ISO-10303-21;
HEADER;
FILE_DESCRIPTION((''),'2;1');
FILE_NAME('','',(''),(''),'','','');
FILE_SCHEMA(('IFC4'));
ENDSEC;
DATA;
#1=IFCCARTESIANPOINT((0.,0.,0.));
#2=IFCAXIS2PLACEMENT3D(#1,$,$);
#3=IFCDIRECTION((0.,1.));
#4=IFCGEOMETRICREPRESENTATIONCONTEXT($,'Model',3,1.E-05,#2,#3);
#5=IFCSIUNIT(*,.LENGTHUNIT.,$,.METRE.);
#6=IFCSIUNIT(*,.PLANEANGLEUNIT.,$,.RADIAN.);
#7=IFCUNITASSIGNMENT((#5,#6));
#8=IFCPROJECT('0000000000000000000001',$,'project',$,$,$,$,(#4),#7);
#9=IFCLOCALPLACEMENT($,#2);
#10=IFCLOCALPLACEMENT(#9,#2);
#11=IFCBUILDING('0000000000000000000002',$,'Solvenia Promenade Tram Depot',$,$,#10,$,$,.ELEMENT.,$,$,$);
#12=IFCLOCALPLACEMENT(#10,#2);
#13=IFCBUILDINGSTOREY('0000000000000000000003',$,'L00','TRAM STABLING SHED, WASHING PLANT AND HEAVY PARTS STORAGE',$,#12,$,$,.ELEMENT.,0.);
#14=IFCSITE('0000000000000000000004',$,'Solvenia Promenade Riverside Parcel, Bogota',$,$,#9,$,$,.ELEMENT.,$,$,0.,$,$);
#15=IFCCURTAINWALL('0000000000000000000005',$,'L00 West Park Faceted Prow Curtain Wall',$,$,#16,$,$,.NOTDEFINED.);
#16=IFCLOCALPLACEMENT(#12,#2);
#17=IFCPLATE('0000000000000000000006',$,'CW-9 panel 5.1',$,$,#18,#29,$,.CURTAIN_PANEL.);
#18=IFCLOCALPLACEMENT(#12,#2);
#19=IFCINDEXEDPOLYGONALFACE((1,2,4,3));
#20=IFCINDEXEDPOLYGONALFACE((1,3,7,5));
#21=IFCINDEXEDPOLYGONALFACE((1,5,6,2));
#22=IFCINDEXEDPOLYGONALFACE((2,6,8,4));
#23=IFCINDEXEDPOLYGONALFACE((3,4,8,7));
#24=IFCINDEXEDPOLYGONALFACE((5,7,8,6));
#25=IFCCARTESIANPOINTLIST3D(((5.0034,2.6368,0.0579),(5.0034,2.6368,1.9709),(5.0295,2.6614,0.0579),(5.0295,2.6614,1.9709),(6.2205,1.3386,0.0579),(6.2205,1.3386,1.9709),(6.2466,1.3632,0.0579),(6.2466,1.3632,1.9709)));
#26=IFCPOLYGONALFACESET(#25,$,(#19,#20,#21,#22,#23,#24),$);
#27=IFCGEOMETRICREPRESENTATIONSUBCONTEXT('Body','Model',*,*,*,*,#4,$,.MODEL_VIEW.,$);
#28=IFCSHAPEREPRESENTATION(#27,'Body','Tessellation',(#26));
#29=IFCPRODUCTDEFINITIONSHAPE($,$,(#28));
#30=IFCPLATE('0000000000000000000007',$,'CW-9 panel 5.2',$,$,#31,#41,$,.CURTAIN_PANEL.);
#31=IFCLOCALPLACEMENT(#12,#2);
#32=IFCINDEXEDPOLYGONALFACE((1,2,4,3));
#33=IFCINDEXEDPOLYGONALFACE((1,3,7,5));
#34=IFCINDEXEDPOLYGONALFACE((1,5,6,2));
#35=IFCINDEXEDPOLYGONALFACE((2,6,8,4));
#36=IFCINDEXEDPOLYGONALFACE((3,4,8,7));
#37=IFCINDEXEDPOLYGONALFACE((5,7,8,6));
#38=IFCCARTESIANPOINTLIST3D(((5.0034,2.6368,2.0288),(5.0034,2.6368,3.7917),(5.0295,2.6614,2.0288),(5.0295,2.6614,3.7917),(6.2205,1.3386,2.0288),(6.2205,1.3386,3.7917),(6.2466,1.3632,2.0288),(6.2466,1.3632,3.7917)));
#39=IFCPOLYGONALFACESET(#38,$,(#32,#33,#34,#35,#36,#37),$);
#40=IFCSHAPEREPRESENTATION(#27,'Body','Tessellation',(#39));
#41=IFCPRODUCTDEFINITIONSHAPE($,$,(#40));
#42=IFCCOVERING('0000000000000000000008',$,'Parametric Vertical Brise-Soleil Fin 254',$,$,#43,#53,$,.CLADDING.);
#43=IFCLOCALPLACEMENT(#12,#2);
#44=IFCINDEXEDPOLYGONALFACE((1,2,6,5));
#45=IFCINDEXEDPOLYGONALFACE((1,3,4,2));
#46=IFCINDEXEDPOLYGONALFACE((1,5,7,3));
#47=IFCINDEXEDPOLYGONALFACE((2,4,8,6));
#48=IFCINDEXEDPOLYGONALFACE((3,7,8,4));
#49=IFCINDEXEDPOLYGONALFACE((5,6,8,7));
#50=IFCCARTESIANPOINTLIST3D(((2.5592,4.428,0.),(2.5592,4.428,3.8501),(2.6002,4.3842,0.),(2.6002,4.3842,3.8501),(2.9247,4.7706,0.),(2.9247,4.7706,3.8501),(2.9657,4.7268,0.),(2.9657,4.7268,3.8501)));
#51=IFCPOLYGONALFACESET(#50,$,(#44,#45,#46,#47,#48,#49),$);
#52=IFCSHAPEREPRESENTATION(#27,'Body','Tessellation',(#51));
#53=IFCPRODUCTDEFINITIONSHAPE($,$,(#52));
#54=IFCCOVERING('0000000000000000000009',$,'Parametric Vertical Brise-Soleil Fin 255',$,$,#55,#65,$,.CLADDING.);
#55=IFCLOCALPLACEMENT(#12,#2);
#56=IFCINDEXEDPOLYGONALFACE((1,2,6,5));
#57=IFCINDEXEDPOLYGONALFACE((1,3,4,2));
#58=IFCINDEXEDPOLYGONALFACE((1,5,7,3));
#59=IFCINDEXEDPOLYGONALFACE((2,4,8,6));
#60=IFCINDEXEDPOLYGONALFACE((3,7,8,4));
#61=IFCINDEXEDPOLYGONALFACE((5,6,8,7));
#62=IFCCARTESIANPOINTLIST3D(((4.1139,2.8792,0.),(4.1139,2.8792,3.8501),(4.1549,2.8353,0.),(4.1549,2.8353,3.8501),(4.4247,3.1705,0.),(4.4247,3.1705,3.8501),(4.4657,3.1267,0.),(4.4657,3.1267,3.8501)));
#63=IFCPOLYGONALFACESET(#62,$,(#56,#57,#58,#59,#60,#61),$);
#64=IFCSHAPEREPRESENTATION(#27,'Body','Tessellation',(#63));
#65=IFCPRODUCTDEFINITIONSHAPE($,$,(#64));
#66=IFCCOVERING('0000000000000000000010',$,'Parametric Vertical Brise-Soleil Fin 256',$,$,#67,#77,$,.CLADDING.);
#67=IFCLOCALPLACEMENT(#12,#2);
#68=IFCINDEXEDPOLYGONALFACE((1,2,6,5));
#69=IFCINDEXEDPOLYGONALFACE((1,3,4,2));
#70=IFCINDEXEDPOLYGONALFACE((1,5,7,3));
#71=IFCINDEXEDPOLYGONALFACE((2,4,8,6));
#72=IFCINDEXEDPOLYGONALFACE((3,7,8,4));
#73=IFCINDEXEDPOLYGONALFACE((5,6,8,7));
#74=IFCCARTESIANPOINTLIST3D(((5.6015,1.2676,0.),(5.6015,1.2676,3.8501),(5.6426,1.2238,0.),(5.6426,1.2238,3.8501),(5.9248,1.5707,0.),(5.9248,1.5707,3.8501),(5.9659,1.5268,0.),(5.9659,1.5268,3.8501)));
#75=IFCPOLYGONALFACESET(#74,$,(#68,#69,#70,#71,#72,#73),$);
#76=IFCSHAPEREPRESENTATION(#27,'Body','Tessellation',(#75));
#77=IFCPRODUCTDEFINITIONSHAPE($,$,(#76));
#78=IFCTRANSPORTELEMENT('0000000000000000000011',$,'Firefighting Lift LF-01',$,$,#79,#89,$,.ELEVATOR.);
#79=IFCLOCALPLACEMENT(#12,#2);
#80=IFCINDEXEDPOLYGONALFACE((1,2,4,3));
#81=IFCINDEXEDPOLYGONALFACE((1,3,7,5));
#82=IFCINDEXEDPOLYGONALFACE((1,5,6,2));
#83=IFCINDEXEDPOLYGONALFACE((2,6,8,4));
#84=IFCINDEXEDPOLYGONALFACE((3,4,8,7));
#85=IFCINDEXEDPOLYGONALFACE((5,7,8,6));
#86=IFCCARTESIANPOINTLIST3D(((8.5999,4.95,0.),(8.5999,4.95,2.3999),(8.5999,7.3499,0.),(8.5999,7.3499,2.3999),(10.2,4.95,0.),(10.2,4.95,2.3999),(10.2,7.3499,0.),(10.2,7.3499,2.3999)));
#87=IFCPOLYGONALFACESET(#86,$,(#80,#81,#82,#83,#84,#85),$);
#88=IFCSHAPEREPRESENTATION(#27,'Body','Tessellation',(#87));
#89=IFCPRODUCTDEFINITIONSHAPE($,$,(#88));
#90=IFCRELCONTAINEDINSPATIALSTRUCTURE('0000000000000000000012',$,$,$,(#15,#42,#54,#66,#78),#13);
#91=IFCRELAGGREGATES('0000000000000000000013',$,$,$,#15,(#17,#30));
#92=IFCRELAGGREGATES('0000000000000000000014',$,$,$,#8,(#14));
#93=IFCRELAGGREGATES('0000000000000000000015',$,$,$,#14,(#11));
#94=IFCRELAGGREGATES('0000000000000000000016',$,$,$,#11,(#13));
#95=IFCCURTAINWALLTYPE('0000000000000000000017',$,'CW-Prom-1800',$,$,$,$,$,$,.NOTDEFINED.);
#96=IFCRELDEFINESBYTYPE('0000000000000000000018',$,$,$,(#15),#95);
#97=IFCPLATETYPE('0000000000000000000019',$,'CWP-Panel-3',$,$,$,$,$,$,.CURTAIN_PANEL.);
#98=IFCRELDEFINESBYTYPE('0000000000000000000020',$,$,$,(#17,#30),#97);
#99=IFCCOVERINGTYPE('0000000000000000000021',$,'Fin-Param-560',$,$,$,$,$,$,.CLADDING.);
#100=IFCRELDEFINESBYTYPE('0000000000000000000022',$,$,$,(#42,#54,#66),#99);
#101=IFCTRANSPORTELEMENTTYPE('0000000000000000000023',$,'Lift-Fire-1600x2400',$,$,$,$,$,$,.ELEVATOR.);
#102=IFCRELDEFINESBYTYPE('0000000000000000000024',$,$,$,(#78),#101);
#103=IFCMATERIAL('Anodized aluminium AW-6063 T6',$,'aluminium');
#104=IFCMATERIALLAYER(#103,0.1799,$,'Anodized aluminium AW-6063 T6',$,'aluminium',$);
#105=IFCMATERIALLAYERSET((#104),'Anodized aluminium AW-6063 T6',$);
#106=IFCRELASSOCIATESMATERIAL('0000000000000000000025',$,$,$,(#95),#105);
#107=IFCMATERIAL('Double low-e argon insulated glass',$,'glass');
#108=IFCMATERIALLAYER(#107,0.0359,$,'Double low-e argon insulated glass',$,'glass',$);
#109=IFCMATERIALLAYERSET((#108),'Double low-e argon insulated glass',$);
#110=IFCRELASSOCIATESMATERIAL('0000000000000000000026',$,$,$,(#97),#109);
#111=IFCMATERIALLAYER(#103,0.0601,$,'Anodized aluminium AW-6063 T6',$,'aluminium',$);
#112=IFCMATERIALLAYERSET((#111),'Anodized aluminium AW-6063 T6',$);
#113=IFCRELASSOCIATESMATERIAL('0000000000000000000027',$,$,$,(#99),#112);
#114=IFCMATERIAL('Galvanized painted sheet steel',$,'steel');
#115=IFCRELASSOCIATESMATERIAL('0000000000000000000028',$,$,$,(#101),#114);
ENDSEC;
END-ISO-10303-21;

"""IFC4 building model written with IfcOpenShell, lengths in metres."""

from ifc_helpers import new_model, si_unit, direction, frame, origin, origin_2d, place, context, subcontext, project, spatial, rectangle, extrude, material, layer, layer_set, type_object, element, aggregate, save


model = new_model("IFC4")

# Units and contexts
model_context = context("Model", 3, precision=1e-05, world=origin(), true_north=direction((0.0, 1.0)))
body_context = subcontext(model_context, "Body", "Model", "MODEL_VIEW")
ifc_project = project(units=[si_unit("LENGTHUNIT", "METRE"), si_unit("PLANEANGLEUNIT", "RADIAN")], contexts=[model_context])

# Site, building, storey
site_placement = place(None, origin())
site = spatial("IfcSite", under=ifc_project, at=site_placement, Name="Solvenia Promenade Riverside Parcel, Bogota", CompositionType="ELEMENT", RefElevation=0.0)
building_placement = place(site_placement, origin())
building = spatial("IfcBuilding", under=site, at=building_placement, Name="Solvenia Promenade Tram Depot", CompositionType="ELEMENT")
storey_placement = place(building_placement, origin())
storey = spatial("IfcBuildingStorey", under=building, at=storey_placement, Name="L00", Description="TRAM STABLING SHED, WASHING PLANT AND HEAVY PARTS STORAGE", CompositionType="ELEMENT", Elevation=0.0)

# Curtain wall, plates
ifc_material_1 = material(Name="Anodized aluminium AW-6063 T6", Category="aluminium")
ifc_layer_1 = layer(ifc_material_1, 0.1799, Name="Anodized aluminium AW-6063 T6", Category="aluminium")
ifc_layer_set_1 = layer_set([ifc_layer_1], Name="Anodized aluminium AW-6063 T6")
curtain_wall_type = type_object("IfcCurtainWallType", Name="CW-Prom-1800", PredefinedType="NOTDEFINED", material=ifc_layer_set_1)
curtain_wall_placement = place(storey_placement, origin())
curtain_wall = element("IfcCurtainWall", 1, at=curtain_wall_placement, inside=storey, type_object=curtain_wall_type, Name="L00 West Park Faceted Prow Curtain Wall", PredefinedType="NOTDEFINED")
ifc_material_2 = material(Name="Double low-e argon insulated glass", Category="glass")
ifc_layer_2 = layer(ifc_material_2, 0.0359, Name="Double low-e argon insulated glass", Category="glass")
ifc_layer_set_2 = layer_set([ifc_layer_2], Name="Double low-e argon insulated glass")
plate_type = type_object("IfcPlateType", Name="CWP-Panel-3", PredefinedType="CURTAIN_PANEL", material=ifc_layer_set_2)
plate_1_placement = place(storey_placement, frame((5.625, 2.0, 0.0579), z_axis=(0.0, 0.0, 1.0), x_axis=(0.683941, -0.729537, 0.0)))
plate_1 = element("IfcPlate", 2, at=plate_1_placement, type_object=plate_type, Name="CW-9 panel 5.1", PredefinedType="CURTAIN_PANEL", context=body_context, shape_type="SweptSolid", body=[
    extrude(rectangle(XDim=1.7795, YDim=0.0359, at=origin_2d()), origin(), (0.0, 0.0, 1.0), 1.9131),
])
plate_2_placement = place(storey_placement, frame((5.625, 2.0, 2.0288), z_axis=(0.0, 0.0, 1.0), x_axis=(0.683941, -0.729537, 0.0)))
plate_2 = element("IfcPlate", 3, at=plate_2_placement, type_object=plate_type, Name="CW-9 panel 5.2", PredefinedType="CURTAIN_PANEL", context=body_context, shape_type="SweptSolid", body=[
    extrude(rectangle(XDim=1.7795, YDim=0.0359, at=origin_2d()), origin(), (0.0, 0.0, 1.0), 1.7629),
])
aggregate(curtain_wall, [plate_1, plate_2])

# Shared definitions
ifc_material_3 = material(Name="Galvanized painted sheet steel", Category="steel")

# Coverings
ifc_layer_3 = layer(ifc_material_1, 0.0601, Name="Anodized aluminium AW-6063 T6", Category="aluminium")
ifc_layer_set_3 = layer_set([ifc_layer_3], Name="Anodized aluminium AW-6063 T6")
covering_type = type_object("IfcCoveringType", Name="Fin-Param-560", PredefinedType="CLADDING", material=ifc_layer_set_3)
covering_1_placement = place(storey_placement, frame((2.7625, 4.5774, 0.0), z_axis=(0.0, 0.0, 1.0), x_axis=(0.683911, -0.729566, 0.0)))
element("IfcCovering", 4, at=covering_1_placement, inside=storey, type_object=covering_type, Name="Parametric Vertical Brise-Soleil Fin 254", PredefinedType="CLADDING", context=body_context, shape_type="SweptSolid", body=[
    extrude(rectangle(XDim=0.0601, YDim=0.501, at=origin_2d()), origin(), (0.0, 0.0, 1.0), 3.8501),
])
covering_2_placement = place(storey_placement, frame((4.2898, 3.0029, 0.0), z_axis=(0.0, 0.0, 1.0), x_axis=(0.683911, -0.729566, 0.0)))
element("IfcCovering", 5, at=covering_2_placement, inside=storey, type_object=covering_type, Name="Parametric Vertical Brise-Soleil Fin 255", PredefinedType="CLADDING", context=body_context, shape_type="SweptSolid", body=[
    extrude(rectangle(XDim=0.0601, YDim=0.426, at=origin_2d()), origin(), (0.0, 0.0, 1.0), 3.8501),
])
covering_3_placement = place(storey_placement, frame((5.7837, 1.3972, 0.0), z_axis=(0.0, 0.0, 1.0), x_axis=(0.683911, -0.729566, 0.0)))
element("IfcCovering", 6, at=covering_3_placement, inside=storey, type_object=covering_type, Name="Parametric Vertical Brise-Soleil Fin 256", PredefinedType="CLADDING", context=body_context, shape_type="SweptSolid", body=[
    extrude(rectangle(XDim=0.0601, YDim=0.4431, at=origin_2d()), origin(), (0.0, 0.0, 1.0), 3.8501),
])

# Transport element
transport_element_type = type_object("IfcTransportElementType", Name="Lift-Fire-1600x2400", PredefinedType="ELEVATOR", material=ifc_material_3)
transport_element_placement = place(storey_placement, frame((9.3999, 6.1499, 0.0), z_axis=(0.0, 0.0, 1.0), x_axis=(1.0, 0.0, 0.0)))
element("IfcTransportElement", 7, at=transport_element_placement, inside=storey, type_object=transport_element_type, Name="Firefighting Lift LF-01", PredefinedType="ELEVATOR", context=body_context, shape_type="SweptSolid", body=[
    extrude(rectangle(XDim=1.6001, YDim=2.3999, at=origin_2d()), origin(), (0.0, 0.0, 1.0), 2.3999),
])

save(model, "model.ifc")
